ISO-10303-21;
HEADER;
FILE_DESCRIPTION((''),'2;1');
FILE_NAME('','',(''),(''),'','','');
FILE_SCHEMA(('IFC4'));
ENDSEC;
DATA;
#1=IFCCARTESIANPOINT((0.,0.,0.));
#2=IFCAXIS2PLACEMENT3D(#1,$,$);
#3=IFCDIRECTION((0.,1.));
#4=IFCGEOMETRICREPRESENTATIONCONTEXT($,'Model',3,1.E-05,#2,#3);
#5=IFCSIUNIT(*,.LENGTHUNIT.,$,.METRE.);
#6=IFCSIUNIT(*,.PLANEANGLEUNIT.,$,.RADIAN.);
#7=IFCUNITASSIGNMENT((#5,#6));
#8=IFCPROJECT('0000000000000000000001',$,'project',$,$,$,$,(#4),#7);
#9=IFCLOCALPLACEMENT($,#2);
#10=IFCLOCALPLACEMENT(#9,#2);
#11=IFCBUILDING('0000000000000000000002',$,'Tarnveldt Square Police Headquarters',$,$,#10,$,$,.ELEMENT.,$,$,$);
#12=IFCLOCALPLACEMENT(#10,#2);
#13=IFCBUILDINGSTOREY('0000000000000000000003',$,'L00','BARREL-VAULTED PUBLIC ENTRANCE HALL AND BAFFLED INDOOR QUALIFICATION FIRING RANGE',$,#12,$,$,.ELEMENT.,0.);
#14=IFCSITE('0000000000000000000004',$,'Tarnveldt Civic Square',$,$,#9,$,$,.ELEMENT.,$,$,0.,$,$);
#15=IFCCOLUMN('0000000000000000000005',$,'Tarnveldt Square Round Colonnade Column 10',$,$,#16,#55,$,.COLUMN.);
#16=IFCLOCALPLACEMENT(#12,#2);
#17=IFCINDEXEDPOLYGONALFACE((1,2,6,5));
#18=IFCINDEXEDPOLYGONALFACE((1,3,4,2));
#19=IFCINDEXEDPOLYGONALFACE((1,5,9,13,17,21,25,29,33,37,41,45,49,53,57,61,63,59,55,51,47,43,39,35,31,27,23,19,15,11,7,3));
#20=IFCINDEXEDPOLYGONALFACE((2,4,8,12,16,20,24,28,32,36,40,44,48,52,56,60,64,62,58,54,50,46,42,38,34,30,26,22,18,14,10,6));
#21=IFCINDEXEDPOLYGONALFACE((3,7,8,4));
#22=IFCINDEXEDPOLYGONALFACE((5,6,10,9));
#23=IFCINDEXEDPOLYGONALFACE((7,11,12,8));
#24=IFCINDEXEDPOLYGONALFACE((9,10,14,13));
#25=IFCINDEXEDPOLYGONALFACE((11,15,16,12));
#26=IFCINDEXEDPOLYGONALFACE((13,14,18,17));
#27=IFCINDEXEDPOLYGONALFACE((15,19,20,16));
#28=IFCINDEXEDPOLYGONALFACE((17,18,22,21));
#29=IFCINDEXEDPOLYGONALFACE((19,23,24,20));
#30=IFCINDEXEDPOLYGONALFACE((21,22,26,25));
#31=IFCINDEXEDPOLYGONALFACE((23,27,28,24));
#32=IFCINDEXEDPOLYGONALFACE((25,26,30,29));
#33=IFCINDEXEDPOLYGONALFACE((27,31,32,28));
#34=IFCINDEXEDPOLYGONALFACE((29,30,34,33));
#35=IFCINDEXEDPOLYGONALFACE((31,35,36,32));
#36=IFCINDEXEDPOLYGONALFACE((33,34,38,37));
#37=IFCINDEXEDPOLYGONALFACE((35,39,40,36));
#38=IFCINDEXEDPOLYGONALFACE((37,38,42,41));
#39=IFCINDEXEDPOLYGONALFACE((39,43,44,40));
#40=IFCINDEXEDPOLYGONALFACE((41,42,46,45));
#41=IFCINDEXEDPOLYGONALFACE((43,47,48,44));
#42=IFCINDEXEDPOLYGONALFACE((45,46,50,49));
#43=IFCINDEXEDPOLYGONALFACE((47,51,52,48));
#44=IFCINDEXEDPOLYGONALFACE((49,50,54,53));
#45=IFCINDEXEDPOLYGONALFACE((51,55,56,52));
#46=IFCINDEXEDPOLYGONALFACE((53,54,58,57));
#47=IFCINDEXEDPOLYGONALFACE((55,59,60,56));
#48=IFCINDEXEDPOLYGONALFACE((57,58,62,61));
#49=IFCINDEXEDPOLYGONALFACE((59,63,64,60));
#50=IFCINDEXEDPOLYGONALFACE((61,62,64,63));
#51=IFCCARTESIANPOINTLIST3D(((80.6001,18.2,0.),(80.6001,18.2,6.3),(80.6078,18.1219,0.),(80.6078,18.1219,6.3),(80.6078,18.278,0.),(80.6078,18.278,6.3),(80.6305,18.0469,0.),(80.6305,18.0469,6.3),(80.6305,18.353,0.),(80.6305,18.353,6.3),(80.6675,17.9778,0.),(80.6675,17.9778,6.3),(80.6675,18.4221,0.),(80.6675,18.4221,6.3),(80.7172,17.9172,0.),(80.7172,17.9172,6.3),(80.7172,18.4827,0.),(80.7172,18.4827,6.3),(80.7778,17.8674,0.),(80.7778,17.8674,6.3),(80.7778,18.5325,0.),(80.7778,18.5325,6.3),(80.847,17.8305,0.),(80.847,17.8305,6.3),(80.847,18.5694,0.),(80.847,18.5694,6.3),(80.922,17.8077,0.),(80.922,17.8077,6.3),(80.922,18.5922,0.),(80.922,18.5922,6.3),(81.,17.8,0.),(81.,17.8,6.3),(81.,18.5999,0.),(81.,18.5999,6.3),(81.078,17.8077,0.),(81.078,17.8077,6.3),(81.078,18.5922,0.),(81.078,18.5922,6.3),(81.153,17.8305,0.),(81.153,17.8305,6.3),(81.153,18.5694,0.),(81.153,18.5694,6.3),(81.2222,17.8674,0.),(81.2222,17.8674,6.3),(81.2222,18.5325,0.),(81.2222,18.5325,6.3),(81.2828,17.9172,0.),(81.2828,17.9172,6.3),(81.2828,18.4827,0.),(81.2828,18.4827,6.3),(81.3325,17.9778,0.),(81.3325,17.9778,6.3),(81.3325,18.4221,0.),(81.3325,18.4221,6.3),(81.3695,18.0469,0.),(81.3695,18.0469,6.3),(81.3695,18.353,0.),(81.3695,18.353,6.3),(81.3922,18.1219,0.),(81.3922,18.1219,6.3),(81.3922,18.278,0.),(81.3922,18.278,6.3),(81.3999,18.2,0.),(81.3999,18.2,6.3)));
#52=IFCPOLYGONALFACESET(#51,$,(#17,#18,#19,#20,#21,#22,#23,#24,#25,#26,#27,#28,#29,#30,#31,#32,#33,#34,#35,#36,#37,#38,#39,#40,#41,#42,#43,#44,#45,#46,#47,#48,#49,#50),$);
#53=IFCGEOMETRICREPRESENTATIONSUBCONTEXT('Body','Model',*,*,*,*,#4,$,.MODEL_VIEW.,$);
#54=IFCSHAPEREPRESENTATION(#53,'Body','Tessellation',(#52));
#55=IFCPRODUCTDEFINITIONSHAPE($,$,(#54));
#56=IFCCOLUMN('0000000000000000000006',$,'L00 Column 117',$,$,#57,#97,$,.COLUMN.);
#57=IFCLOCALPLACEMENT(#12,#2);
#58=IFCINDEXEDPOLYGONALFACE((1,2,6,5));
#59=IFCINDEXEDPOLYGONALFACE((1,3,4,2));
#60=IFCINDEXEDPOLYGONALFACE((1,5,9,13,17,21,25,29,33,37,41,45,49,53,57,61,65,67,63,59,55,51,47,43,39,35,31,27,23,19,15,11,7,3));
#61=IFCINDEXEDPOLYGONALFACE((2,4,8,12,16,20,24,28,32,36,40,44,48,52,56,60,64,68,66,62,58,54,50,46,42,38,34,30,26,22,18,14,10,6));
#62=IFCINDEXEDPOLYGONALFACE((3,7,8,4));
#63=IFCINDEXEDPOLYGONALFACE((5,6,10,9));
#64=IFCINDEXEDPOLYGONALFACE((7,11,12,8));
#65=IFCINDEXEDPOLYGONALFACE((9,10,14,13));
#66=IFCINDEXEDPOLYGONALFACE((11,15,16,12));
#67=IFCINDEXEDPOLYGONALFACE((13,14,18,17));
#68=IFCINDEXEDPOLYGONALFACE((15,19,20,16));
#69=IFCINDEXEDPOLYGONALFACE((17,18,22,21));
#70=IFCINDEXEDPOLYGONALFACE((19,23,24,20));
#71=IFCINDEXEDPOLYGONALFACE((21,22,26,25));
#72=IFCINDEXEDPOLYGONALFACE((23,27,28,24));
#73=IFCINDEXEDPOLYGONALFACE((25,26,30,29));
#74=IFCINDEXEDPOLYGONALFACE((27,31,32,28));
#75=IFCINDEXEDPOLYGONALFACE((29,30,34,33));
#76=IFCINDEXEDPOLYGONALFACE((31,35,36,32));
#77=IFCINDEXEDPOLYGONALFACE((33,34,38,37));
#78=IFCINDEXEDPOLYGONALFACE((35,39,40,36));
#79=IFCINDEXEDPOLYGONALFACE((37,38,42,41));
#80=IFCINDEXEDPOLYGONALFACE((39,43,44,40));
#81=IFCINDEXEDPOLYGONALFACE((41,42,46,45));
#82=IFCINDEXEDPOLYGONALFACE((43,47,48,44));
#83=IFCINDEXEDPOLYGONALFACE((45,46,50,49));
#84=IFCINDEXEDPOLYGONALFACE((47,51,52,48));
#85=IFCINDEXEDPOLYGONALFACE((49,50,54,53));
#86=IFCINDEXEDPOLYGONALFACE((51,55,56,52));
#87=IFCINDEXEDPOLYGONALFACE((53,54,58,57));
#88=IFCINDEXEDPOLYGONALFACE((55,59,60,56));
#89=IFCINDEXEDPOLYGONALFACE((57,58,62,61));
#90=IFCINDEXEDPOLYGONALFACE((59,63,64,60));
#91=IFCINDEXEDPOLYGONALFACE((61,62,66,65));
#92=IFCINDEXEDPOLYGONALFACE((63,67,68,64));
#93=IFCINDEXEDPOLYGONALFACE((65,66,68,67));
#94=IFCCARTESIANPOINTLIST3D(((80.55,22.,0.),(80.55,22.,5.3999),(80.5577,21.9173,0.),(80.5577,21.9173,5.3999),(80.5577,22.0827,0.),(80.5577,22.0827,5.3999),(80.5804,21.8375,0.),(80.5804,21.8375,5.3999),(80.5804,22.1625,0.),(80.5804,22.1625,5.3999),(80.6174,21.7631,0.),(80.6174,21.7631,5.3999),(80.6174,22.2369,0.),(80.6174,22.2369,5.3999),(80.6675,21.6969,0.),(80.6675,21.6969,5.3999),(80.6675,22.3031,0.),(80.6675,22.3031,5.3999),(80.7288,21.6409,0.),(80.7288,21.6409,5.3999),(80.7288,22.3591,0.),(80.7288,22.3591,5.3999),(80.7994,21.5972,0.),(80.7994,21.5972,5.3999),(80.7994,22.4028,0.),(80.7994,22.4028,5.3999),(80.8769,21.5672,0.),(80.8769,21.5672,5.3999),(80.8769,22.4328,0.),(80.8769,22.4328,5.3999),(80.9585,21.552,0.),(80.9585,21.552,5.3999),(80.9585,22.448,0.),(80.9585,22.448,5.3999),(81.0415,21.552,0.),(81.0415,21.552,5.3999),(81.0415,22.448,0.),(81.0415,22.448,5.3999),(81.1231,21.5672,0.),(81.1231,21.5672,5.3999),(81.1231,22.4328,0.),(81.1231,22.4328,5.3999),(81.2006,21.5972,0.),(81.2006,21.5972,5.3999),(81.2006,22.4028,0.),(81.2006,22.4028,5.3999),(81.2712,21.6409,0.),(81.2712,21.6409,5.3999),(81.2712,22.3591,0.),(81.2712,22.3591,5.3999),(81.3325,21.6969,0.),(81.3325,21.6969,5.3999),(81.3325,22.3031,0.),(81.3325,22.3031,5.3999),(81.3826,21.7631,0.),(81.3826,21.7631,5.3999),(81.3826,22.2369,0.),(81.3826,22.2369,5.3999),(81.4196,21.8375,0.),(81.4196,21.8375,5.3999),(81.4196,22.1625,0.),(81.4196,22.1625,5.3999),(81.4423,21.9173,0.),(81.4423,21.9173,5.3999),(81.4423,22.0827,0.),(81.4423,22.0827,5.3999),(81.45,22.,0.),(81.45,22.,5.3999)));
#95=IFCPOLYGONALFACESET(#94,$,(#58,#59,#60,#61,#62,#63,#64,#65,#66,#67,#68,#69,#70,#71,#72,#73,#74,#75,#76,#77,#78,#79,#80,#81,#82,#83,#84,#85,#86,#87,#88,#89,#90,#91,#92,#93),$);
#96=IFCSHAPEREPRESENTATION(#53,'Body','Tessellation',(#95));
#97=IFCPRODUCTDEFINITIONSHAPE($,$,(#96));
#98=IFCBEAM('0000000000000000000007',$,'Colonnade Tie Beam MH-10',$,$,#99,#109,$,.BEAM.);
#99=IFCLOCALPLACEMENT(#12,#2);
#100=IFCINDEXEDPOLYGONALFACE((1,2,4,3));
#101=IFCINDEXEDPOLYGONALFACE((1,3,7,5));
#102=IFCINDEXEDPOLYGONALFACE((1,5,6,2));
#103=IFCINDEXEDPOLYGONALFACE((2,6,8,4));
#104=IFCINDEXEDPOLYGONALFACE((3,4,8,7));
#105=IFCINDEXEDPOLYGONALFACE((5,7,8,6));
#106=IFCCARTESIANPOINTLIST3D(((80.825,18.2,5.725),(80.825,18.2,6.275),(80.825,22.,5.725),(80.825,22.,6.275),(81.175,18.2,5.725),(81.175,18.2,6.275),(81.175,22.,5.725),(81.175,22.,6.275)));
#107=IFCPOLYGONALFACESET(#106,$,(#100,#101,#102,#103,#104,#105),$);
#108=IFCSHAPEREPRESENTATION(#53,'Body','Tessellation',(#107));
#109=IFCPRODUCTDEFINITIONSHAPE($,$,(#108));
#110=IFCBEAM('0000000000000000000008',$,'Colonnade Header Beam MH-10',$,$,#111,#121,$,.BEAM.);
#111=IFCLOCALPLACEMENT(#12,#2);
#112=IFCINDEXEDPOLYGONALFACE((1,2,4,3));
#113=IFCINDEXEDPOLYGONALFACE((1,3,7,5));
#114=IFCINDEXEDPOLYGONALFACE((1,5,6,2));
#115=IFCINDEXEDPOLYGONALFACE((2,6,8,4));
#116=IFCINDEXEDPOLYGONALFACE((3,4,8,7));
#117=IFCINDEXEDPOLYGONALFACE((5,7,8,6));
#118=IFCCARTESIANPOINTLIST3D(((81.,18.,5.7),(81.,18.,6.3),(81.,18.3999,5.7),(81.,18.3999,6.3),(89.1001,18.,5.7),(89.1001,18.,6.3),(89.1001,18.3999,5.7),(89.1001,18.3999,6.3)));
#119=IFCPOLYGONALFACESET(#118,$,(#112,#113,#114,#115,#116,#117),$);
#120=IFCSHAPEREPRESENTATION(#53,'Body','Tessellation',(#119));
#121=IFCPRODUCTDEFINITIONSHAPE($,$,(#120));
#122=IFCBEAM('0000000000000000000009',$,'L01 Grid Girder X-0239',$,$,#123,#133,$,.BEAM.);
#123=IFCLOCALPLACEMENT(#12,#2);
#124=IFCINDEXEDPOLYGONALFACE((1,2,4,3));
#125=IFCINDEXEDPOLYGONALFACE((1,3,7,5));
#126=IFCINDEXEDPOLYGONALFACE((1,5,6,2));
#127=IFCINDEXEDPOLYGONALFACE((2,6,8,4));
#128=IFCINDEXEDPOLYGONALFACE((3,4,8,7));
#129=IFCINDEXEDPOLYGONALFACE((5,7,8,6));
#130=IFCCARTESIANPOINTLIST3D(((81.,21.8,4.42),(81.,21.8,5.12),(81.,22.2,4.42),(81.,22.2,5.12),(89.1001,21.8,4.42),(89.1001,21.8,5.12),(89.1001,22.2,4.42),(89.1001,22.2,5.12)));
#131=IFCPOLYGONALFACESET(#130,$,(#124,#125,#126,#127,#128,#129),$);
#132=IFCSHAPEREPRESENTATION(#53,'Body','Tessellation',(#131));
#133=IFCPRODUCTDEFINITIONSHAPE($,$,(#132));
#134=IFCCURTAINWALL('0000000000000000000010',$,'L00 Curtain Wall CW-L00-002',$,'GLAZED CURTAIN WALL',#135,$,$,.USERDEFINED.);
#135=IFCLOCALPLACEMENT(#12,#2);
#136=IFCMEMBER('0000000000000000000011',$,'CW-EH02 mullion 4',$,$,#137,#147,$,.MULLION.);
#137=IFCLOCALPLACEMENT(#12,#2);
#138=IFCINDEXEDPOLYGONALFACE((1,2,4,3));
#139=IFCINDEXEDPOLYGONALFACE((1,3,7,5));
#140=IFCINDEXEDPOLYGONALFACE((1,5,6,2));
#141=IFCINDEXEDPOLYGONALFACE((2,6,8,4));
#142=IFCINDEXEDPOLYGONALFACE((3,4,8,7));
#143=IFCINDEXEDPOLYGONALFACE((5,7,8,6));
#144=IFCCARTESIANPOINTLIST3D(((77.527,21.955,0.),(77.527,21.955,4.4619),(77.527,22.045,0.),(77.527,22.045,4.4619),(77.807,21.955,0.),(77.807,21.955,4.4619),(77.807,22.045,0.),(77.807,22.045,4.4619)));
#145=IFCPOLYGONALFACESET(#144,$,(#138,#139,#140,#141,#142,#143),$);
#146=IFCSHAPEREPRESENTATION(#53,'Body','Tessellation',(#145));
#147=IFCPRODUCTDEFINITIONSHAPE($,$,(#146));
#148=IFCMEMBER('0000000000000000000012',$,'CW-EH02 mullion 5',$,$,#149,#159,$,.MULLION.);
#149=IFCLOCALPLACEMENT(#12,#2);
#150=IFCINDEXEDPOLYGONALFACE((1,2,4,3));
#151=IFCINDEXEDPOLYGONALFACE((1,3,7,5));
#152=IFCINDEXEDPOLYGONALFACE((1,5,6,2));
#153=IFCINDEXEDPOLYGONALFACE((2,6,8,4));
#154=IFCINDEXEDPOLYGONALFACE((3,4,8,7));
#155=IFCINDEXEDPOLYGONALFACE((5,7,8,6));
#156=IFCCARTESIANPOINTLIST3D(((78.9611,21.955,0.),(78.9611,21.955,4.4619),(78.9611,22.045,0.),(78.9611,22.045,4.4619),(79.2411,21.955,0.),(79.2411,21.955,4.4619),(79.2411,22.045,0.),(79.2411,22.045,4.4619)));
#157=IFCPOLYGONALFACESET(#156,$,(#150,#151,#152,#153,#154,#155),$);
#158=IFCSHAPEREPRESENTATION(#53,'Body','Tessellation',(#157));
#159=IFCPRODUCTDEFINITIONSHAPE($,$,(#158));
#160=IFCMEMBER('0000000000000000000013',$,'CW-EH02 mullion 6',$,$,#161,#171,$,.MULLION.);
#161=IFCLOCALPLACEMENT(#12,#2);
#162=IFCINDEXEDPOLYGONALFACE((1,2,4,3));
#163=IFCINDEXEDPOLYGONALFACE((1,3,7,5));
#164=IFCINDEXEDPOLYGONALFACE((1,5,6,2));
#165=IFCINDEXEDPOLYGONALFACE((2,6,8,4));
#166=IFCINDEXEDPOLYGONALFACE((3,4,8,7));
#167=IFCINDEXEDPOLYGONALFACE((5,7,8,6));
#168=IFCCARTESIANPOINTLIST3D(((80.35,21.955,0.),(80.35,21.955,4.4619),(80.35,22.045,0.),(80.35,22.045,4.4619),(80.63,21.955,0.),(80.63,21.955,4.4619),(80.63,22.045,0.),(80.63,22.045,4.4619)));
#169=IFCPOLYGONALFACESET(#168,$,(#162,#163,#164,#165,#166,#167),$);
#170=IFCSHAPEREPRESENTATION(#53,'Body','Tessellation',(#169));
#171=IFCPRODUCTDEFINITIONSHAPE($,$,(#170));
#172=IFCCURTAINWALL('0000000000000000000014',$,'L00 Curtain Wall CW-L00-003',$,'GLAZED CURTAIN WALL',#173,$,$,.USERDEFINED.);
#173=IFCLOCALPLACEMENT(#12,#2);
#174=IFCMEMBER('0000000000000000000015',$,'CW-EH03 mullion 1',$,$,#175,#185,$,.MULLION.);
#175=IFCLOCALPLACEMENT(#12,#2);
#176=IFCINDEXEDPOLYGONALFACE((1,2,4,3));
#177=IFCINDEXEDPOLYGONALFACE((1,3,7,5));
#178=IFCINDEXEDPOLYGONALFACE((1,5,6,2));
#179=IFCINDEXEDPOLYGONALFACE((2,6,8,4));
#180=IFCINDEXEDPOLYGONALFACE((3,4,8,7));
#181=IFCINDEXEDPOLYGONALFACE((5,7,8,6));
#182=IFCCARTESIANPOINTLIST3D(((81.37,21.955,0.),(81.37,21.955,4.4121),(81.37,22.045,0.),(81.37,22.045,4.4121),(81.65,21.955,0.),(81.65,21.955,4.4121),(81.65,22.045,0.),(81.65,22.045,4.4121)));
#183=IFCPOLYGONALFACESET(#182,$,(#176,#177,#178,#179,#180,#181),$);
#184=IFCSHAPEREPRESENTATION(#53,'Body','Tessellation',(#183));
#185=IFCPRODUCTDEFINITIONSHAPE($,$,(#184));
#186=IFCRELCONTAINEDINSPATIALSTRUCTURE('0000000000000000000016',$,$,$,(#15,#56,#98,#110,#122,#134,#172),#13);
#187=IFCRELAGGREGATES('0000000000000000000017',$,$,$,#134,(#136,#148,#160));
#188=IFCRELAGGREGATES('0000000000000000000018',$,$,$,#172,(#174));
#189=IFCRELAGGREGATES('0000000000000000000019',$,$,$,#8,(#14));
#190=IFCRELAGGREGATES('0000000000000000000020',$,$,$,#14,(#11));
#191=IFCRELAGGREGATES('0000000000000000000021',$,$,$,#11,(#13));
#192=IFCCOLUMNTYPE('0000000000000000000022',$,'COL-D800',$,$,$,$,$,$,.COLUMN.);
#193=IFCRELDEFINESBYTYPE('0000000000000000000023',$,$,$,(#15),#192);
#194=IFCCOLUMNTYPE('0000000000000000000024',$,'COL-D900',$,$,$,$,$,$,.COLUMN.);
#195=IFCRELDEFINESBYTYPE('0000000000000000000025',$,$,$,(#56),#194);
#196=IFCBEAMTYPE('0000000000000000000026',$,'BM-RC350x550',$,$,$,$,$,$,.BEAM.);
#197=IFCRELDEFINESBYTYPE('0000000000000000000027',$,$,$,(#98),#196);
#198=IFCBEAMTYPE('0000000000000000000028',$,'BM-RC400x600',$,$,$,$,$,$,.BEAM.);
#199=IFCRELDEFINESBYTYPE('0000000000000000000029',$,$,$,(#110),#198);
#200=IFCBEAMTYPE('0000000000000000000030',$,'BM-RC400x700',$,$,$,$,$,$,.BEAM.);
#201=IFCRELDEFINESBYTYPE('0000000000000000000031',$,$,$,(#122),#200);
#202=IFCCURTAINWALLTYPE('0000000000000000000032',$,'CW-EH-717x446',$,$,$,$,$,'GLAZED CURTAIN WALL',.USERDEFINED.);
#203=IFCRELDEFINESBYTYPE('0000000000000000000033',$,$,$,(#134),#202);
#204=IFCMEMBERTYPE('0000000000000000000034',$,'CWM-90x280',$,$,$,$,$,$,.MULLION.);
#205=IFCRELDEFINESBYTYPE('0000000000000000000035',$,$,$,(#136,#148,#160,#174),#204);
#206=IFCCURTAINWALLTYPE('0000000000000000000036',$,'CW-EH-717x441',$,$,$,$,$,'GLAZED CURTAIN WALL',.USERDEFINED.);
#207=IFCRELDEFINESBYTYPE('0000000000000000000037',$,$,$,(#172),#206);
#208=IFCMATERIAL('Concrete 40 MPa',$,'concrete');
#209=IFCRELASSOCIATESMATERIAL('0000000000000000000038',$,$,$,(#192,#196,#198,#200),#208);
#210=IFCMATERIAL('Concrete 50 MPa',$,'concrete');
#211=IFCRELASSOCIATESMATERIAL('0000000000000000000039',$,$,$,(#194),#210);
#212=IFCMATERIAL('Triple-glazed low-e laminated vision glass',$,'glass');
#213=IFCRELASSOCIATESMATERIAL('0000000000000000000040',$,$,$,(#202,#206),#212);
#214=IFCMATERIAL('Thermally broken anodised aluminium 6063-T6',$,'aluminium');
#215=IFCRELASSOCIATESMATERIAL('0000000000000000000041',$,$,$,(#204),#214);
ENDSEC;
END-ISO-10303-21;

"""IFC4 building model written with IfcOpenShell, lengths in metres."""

from ifc_helpers import new_model, si_unit, direction, frame, origin, origin_2d, place, context, subcontext, project, spatial, rectangle, circle, extrude, material, material_profile, profile_set, type_object, element, aggregate, save


model = new_model("IFC4")

# Units and contexts
model_context = context("Model", 3, precision=1e-05, world=origin(), true_north=direction((0.0, 1.0)))
body_context = subcontext(model_context, "Body", "Model", "MODEL_VIEW")
ifc_project = project(units=[si_unit("LENGTHUNIT", "METRE"), si_unit("PLANEANGLEUNIT", "RADIAN")], contexts=[model_context])

# Site, building, storey
site_placement = place(None, origin())
site = spatial("IfcSite", under=ifc_project, at=site_placement, Name="Tarnveldt Civic Square", CompositionType="ELEMENT", RefElevation=0.0)
building_placement = place(site_placement, origin())
building = spatial("IfcBuilding", under=site, at=building_placement, Name="Tarnveldt Square Police Headquarters", CompositionType="ELEMENT")
storey_placement = place(building_placement, origin())
storey = spatial("IfcBuildingStorey", under=building, at=storey_placement, Name="L00", Description="BARREL-VAULTED PUBLIC ENTRANCE HALL AND BAFFLED INDOOR QUALIFICATION FIRING RANGE", CompositionType="ELEMENT", Elevation=0.0)

# Columns
ifc_material_1 = material(Name="Concrete 40 MPa", Category="concrete")
ifc_material_profile_1 = material_profile(ifc_material_1, circle(Radius=0.3999, at=origin_2d()), Name="RC-D800")
ifc_profile_set_1 = profile_set([ifc_material_profile_1], Name="Concrete 40 MPa")
column_type_1 = type_object("IfcColumnType", Name="COL-D800", PredefinedType="COLUMN", material=ifc_profile_set_1)
column_1_placement = place(storey_placement, frame((81.0, 18.2, 0.0), z_axis=(0.0, 0.0, 1.0), x_axis=(1.0, 0.0, 0.0)))
element("IfcColumn", 1, at=column_1_placement, inside=storey, type_object=column_type_1, Name="Tarnveldt Square Round Colonnade Column 10", PredefinedType="COLUMN", context=body_context, shape_type="SweptSolid", body=[
    extrude(circle(Radius=0.3999, at=origin_2d()), origin(), (0.0, 0.0, 1.0), 6.3),
])
ifc_material_2 = material(Name="Concrete 50 MPa", Category="concrete")
ifc_material_profile_2 = material_profile(ifc_material_2, circle(Radius=0.45, at=origin_2d()), Name="RC-D900")
ifc_profile_set_2 = profile_set([ifc_material_profile_2], Name="Concrete 50 MPa")
column_type_2 = type_object("IfcColumnType", Name="COL-D900", PredefinedType="COLUMN", material=ifc_profile_set_2)
column_2_placement = place(storey_placement, frame((81.0, 22.0, 0.0), z_axis=(0.0, 0.0, 1.0), x_axis=(1.0, 0.0, 0.0)))
element("IfcColumn", 2, at=column_2_placement, inside=storey, type_object=column_type_2, Name="L00 Column 117", PredefinedType="COLUMN", context=body_context, shape_type="SweptSolid", body=[
    extrude(circle(Radius=0.45, at=origin_2d()), origin(), (0.0, 0.0, 1.0), 5.3999),
])

# Beams
ifc_material_profile_3 = material_profile(ifc_material_1, rectangle(XDim=0.3501, YDim=0.55, at=origin_2d()), Name="RC-B350x550")
ifc_profile_set_3 = profile_set([ifc_material_profile_3], Name="Concrete 40 MPa")
beam_type_1 = type_object("IfcBeamType", Name="BM-RC350x550", PredefinedType="BEAM", material=ifc_profile_set_3)
beam_1_placement = place(storey_placement, frame((81.0, 18.2, 6.0), z_axis=(0.0, 1.0, 0.0), x_axis=(-1.0, 0.0, 0.0)))
element("IfcBeam", 3, at=beam_1_placement, inside=storey, type_object=beam_type_1, Name="Colonnade Tie Beam MH-10", PredefinedType="BEAM", context=body_context, shape_type="SweptSolid", body=[
    extrude(rectangle(XDim=0.3501, YDim=0.55, at=origin_2d()), origin(), (0.0, 0.0, 1.0), 3.8),
])
ifc_material_profile_4 = material_profile(ifc_material_1, rectangle(XDim=0.3999, YDim=0.6001, at=origin_2d()), Name="RC-B400x600")
ifc_profile_set_4 = profile_set([ifc_material_profile_4], Name="Concrete 40 MPa")
beam_type_2 = type_object("IfcBeamType", Name="BM-RC400x600", PredefinedType="BEAM", material=ifc_profile_set_4)
beam_2_placement = place(storey_placement, frame((81.0, 18.2, 6.0), z_axis=(1.0, 0.0, 0.0), x_axis=(0.0, 1.0, 0.0)))
element("IfcBeam", 4, at=beam_2_placement, inside=storey, type_object=beam_type_2, Name="Colonnade Header Beam MH-10", PredefinedType="BEAM", context=body_context, shape_type="SweptSolid", body=[
    extrude(rectangle(XDim=0.3999, YDim=0.6001, at=origin_2d()), origin(), (0.0, 0.0, 1.0), 8.1001),
])
ifc_material_profile_5 = material_profile(ifc_material_1, rectangle(XDim=0.3999, YDim=0.7, at=origin_2d()), Name="RC-B400x700")
ifc_profile_set_5 = profile_set([ifc_material_profile_5], Name="Concrete 40 MPa")
beam_type_3 = type_object("IfcBeamType", Name="BM-RC400x700", PredefinedType="BEAM", material=ifc_profile_set_5)
beam_3_placement = place(storey_placement, frame((81.0, 22.0, 4.77), z_axis=(1.0, 0.0, 0.0), x_axis=(0.0, 1.0, 0.0)))
element("IfcBeam", 5, at=beam_3_placement, inside=storey, type_object=beam_type_3, Name="L01 Grid Girder X-0239", PredefinedType="BEAM", context=body_context, shape_type="SweptSolid", body=[
    extrude(rectangle(XDim=0.3999, YDim=0.7, at=origin_2d()), origin(), (0.0, 0.0, 1.0), 8.1001),
])

# Curtain walls, members
ifc_material_3 = material(Name="Triple-glazed low-e laminated vision glass", Category="glass")
curtain_wall_type_1 = type_object("IfcCurtainWallType", Name="CW-EH-717x446", ElementType="GLAZED CURTAIN WALL", PredefinedType="USERDEFINED", material=ifc_material_3)
curtain_wall_1_placement = place(storey_placement, origin())
curtain_wall_1 = element("IfcCurtainWall", 6, at=curtain_wall_1_placement, inside=storey, type_object=curtain_wall_type_1, Name="L00 Curtain Wall CW-L00-002", ObjectType="GLAZED CURTAIN WALL", PredefinedType="USERDEFINED")
ifc_material_4 = material(Name="Thermally broken anodised aluminium 6063-T6", Category="aluminium")
ifc_material_profile_6 = material_profile(ifc_material_4, rectangle(XDim=0.0901, YDim=0.28, at=origin_2d()), Name="CW-M90x280")
ifc_profile_set_6 = profile_set([ifc_material_profile_6], Name="Thermally broken anodised aluminium 6063-T6")
member_type_1 = type_object("IfcMemberType", Name="CWM-90x280", PredefinedType="MULLION", material=ifc_profile_set_6)
member_1_placement = place(storey_placement, frame((77.667, 22.0, 0.0), z_axis=(0.0, 0.0, 1.0), x_axis=(0.0, 1.0, 0.0)))
member_1 = element("IfcMember", 7, at=member_1_placement, type_object=member_type_1, Name="CW-EH02 mullion 4", PredefinedType="MULLION", context=body_context, shape_type="SweptSolid", body=[
    extrude(rectangle(XDim=0.0901, YDim=0.28, at=origin_2d()), origin(), (0.0, 0.0, 1.0), 4.4619),
])
member_2_placement = place(storey_placement, frame((79.1011, 22.0, 0.0), z_axis=(0.0, 0.0, 1.0), x_axis=(0.0, 1.0, 0.0)))
member_2 = element("IfcMember", 8, at=member_2_placement, type_object=member_type_1, Name="CW-EH02 mullion 5", PredefinedType="MULLION", context=body_context, shape_type="SweptSolid", body=[
    extrude(rectangle(XDim=0.0901, YDim=0.28, at=origin_2d()), origin(), (0.0, 0.0, 1.0), 4.4619),
])
member_3_placement = place(storey_placement, frame((80.49, 22.0, 0.0), z_axis=(0.0, 0.0, 1.0), x_axis=(0.0, 1.0, 0.0)))
member_3 = element("IfcMember", 9, at=member_3_placement, type_object=member_type_1, Name="CW-EH02 mullion 6", PredefinedType="MULLION", context=body_context, shape_type="SweptSolid", body=[
    extrude(rectangle(XDim=0.0901, YDim=0.28, at=origin_2d()), origin(), (0.0, 0.0, 1.0), 4.4619),
])
curtain_wall_type_2 = type_object("IfcCurtainWallType", Name="CW-EH-717x441", ElementType="GLAZED CURTAIN WALL", PredefinedType="USERDEFINED", material=ifc_material_3)
curtain_wall_2_placement = place(storey_placement, origin())
curtain_wall_2 = element("IfcCurtainWall", 10, at=curtain_wall_2_placement, inside=storey, type_object=curtain_wall_type_2, Name="L00 Curtain Wall CW-L00-003", ObjectType="GLAZED CURTAIN WALL", PredefinedType="USERDEFINED")
member_4_placement = place(storey_placement, frame((81.51, 22.0, 0.0), z_axis=(0.0, 0.0, 1.0), x_axis=(0.0, 1.0, 0.0)))
member_4 = element("IfcMember", 11, at=member_4_placement, type_object=member_type_1, Name="CW-EH03 mullion 1", PredefinedType="MULLION", context=body_context, shape_type="SweptSolid", body=[
    extrude(rectangle(XDim=0.0901, YDim=0.28, at=origin_2d()), origin(), (0.0, 0.0, 1.0), 4.4121),
])

aggregate(curtain_wall_1, [member_1, member_2, member_3])
aggregate(curtain_wall_2, [member_4])

save(model, "model.ifc")
